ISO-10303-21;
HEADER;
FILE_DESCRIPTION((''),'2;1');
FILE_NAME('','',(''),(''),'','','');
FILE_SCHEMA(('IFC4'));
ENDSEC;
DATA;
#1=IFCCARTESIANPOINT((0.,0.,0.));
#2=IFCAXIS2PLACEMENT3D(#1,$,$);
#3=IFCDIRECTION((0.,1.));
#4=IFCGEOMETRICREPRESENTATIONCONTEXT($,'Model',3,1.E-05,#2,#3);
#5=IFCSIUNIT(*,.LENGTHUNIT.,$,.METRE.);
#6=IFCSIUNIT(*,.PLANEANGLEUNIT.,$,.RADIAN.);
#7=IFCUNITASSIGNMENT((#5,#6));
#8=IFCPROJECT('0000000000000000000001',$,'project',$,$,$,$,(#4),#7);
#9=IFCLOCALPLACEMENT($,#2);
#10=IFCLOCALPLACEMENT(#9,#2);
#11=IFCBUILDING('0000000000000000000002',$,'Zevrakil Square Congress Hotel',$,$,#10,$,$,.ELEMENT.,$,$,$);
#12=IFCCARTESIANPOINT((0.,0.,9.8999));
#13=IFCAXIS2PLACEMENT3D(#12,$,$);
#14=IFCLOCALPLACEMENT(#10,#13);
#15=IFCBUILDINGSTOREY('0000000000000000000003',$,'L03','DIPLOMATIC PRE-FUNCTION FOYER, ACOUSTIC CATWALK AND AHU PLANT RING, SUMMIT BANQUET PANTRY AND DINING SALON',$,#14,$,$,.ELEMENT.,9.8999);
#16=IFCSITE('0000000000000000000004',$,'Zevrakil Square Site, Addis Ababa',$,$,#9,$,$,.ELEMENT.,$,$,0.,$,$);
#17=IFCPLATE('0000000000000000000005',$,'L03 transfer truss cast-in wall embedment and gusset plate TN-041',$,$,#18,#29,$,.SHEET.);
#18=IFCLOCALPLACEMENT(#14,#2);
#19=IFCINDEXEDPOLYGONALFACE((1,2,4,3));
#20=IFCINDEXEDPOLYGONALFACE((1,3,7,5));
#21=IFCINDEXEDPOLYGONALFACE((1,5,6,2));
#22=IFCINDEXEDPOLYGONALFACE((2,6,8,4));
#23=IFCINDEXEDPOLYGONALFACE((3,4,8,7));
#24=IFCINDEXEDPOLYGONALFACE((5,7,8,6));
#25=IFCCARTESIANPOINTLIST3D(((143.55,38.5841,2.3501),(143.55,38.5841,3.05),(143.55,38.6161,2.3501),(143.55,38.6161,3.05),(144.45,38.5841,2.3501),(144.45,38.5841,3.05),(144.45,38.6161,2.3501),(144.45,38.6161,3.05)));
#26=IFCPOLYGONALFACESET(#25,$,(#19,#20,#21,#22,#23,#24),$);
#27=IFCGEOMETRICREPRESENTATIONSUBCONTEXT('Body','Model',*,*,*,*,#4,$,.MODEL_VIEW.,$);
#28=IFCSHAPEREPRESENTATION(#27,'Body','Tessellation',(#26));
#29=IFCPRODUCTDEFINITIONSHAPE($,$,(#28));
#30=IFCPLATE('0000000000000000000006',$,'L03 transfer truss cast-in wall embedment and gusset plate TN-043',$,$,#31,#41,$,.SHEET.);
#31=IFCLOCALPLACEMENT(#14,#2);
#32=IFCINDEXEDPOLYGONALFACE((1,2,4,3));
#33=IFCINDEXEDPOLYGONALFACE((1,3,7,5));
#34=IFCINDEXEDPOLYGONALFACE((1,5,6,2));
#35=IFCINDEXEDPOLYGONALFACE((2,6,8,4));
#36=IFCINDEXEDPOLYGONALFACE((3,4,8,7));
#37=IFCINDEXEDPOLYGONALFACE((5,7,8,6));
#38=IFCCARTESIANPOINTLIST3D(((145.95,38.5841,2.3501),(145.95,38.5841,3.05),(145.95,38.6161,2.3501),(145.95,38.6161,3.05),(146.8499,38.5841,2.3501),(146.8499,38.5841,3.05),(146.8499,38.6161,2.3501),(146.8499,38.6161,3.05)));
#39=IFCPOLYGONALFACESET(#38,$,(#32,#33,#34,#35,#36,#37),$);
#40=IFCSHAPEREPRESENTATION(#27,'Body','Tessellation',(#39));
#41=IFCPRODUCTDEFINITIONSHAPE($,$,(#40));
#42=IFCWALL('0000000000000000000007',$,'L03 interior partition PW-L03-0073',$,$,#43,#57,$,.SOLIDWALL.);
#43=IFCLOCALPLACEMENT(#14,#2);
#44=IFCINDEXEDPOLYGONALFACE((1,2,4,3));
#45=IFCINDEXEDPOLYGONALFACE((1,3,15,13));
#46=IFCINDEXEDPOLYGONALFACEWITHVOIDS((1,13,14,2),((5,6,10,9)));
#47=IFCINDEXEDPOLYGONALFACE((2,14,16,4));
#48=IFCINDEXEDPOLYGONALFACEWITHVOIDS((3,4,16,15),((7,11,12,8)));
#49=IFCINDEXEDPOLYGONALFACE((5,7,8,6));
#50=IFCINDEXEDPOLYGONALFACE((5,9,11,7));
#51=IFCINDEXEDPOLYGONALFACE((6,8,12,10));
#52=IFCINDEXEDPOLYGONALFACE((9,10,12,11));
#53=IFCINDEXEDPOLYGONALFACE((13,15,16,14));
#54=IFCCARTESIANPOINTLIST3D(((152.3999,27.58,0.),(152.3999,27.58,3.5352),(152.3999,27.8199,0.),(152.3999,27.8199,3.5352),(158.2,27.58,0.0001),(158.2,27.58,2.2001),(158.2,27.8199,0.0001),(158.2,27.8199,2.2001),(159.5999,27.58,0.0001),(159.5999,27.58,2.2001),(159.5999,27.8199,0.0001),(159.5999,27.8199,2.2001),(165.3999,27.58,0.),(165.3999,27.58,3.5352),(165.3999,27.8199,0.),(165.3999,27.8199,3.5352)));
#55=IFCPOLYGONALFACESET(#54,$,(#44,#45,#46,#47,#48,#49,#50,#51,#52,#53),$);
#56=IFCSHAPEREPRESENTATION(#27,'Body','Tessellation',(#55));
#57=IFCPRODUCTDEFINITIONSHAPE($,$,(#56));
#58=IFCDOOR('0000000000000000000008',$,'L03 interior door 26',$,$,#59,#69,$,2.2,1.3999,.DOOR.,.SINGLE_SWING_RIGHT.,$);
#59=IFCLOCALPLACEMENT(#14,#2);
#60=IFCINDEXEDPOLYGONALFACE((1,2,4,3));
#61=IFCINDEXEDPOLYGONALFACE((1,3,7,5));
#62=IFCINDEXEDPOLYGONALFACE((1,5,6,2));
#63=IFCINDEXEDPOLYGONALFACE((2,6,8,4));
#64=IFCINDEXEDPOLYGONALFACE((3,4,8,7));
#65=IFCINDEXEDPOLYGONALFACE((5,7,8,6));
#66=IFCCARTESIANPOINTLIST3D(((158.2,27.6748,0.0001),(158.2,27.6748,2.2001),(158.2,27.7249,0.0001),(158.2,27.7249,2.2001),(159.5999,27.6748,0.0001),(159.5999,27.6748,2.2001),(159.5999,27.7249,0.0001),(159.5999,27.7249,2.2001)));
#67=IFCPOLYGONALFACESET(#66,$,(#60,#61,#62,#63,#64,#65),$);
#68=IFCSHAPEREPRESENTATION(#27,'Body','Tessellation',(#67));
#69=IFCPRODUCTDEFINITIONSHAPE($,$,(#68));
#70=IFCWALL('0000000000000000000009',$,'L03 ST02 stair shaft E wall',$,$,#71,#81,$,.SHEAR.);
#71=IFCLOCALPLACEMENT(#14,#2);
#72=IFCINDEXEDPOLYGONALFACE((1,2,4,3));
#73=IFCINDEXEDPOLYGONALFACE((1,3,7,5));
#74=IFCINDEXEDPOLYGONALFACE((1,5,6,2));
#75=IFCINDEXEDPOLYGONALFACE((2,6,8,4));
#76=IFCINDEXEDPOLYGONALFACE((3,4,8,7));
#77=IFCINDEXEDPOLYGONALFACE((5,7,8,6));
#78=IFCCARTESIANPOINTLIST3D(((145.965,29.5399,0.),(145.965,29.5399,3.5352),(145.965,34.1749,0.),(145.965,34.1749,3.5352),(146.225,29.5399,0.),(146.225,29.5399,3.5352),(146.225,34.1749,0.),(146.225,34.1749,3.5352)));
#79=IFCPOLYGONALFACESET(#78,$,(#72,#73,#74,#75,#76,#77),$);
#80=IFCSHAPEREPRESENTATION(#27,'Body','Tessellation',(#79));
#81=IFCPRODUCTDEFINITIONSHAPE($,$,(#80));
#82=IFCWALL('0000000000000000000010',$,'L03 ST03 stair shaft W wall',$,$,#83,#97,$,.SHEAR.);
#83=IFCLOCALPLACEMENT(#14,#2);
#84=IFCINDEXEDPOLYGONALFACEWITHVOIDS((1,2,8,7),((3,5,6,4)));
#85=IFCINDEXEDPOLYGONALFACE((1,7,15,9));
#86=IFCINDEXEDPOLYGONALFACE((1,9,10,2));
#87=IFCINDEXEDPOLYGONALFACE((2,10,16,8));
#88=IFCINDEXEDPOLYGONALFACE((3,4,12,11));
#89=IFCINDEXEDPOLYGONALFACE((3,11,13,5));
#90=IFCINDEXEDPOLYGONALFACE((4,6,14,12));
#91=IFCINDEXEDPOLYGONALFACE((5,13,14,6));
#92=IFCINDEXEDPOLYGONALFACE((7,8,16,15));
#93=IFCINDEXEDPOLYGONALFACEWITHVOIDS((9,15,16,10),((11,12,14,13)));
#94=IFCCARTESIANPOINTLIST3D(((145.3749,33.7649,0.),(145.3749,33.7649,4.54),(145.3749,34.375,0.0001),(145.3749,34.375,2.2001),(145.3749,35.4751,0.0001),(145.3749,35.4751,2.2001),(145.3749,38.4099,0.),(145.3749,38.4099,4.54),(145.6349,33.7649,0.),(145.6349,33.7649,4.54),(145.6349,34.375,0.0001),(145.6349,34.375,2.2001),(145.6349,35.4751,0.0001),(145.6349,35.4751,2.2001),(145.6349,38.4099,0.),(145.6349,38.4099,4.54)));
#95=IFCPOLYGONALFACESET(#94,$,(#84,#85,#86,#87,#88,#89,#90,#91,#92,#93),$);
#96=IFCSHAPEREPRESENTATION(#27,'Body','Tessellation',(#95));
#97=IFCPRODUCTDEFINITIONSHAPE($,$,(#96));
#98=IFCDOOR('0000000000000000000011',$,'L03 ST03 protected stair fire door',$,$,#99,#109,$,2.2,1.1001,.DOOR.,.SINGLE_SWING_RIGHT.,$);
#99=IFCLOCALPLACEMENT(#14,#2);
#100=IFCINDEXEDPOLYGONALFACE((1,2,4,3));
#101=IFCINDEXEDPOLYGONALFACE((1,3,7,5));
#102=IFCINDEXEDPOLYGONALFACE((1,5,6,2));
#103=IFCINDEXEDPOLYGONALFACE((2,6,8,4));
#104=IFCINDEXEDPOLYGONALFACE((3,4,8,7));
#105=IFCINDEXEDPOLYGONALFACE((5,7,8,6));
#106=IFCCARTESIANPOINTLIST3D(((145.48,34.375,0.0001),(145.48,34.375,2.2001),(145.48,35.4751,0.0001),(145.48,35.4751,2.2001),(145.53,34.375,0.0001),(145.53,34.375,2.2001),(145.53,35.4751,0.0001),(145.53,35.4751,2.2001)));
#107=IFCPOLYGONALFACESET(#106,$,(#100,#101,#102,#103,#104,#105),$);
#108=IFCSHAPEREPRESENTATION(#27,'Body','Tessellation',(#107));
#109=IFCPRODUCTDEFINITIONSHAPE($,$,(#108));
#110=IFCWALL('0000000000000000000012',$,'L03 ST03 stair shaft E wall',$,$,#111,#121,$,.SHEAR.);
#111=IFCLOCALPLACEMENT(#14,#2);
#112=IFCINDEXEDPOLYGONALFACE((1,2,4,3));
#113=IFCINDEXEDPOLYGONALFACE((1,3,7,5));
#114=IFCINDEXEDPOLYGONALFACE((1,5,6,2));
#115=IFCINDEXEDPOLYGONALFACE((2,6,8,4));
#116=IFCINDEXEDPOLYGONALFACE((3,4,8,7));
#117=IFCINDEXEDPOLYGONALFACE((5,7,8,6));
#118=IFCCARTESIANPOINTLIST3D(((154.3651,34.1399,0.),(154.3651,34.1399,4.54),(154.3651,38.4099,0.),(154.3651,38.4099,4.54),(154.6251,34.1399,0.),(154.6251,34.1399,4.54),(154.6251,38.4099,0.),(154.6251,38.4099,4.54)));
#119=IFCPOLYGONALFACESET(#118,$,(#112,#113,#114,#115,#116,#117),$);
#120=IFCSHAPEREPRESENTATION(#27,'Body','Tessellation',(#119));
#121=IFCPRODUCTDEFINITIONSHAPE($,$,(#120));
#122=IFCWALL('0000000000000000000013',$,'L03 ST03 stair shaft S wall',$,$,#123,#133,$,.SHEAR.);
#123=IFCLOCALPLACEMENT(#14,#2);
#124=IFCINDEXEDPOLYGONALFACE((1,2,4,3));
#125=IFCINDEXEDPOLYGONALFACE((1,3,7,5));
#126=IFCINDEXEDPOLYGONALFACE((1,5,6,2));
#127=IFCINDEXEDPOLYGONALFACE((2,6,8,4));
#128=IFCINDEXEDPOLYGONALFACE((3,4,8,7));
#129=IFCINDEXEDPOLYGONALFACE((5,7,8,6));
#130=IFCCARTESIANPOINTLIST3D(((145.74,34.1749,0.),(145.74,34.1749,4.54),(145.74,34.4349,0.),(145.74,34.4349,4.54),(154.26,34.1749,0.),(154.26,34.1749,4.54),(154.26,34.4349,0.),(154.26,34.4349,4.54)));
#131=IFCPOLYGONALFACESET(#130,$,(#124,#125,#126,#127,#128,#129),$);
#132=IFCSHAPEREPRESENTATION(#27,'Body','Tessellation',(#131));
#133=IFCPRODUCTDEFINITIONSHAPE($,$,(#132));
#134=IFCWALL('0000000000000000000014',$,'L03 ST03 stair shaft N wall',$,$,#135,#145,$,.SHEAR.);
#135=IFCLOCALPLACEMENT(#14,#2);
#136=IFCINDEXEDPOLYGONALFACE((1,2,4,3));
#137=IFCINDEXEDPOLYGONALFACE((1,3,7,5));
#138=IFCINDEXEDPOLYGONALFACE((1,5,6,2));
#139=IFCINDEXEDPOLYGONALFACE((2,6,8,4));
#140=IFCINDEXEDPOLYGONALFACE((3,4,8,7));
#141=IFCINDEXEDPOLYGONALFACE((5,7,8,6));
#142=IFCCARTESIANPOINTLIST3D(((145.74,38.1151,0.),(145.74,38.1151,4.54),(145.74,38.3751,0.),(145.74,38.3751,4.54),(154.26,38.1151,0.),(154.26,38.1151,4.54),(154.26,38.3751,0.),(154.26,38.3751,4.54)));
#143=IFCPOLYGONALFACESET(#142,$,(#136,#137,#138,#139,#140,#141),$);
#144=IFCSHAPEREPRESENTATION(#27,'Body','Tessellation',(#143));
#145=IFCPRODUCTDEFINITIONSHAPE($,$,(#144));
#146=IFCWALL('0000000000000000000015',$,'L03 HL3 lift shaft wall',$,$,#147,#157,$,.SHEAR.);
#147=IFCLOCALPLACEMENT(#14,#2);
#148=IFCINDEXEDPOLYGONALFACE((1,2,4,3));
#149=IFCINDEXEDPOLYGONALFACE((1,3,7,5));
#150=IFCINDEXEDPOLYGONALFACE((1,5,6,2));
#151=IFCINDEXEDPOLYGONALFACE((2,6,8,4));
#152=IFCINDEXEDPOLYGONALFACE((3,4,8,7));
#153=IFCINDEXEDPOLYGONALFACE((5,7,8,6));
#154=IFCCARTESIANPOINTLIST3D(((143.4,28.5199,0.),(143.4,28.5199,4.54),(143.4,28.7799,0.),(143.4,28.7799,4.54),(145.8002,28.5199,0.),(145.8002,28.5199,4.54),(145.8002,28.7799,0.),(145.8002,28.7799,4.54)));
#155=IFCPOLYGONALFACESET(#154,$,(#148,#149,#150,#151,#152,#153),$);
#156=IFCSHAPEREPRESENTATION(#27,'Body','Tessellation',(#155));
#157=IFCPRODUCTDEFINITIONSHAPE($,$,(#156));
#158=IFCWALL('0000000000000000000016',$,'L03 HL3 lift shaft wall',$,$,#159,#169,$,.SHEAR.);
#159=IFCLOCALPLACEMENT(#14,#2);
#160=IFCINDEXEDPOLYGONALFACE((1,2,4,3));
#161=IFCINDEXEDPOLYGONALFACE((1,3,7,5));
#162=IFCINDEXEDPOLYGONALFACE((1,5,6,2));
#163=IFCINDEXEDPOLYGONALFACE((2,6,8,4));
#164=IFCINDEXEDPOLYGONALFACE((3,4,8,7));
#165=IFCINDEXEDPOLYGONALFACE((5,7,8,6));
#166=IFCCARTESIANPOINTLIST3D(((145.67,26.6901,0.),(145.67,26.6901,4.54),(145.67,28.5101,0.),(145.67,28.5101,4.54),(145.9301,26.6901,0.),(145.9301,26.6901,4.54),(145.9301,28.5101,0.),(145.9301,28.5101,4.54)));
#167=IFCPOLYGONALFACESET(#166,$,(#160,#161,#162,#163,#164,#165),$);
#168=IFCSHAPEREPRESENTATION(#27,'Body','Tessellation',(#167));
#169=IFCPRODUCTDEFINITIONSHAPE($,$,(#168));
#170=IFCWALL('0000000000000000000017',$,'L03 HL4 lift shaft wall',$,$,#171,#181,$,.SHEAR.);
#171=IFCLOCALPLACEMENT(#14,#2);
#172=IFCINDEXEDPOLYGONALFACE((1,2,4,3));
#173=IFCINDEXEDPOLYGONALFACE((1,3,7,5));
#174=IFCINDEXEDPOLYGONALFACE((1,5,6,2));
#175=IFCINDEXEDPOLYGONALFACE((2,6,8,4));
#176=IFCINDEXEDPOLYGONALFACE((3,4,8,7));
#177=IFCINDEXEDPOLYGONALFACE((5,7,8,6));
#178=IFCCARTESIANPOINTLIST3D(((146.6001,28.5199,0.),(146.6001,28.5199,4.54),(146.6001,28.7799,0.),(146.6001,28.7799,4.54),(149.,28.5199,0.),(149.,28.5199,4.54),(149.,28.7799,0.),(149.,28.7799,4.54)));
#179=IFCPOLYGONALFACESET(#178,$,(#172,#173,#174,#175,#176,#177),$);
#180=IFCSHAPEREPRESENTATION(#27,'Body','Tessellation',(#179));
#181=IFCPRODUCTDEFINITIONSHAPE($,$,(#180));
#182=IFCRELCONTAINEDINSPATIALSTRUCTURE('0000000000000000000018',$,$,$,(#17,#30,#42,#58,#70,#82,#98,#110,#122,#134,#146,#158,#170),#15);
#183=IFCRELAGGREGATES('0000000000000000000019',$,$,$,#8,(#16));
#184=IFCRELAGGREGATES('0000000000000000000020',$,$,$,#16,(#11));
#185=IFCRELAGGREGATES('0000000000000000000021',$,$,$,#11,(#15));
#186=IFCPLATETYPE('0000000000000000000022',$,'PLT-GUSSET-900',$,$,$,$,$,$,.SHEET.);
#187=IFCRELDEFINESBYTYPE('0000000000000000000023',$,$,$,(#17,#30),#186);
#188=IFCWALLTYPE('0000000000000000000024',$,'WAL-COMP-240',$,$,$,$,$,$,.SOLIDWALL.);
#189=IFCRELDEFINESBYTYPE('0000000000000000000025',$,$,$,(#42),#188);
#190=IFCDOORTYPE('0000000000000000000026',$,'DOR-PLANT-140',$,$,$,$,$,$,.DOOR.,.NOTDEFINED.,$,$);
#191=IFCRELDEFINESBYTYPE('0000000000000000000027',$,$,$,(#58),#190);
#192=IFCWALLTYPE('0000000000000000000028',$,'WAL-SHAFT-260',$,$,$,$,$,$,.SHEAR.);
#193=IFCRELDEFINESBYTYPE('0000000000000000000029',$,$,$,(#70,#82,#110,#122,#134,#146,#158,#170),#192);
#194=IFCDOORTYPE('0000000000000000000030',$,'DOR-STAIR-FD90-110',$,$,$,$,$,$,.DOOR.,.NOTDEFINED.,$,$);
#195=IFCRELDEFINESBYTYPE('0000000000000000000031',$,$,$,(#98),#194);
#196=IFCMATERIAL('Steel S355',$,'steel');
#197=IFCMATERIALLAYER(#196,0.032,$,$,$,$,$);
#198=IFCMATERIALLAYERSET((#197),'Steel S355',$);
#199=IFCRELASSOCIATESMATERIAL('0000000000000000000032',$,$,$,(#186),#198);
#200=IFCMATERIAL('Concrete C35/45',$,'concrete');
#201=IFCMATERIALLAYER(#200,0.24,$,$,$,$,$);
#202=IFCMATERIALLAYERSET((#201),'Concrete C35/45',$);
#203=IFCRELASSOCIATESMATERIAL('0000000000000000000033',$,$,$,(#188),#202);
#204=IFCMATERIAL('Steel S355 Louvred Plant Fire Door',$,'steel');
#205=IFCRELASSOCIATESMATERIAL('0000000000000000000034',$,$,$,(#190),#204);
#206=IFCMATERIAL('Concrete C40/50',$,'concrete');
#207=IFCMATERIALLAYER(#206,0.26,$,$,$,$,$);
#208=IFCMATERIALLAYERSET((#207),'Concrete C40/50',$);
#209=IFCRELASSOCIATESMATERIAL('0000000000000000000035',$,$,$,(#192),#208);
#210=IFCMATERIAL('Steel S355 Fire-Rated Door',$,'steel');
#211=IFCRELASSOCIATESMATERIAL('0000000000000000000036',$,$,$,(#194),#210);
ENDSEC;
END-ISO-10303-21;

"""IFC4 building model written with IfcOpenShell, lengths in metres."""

from ifc_helpers import new_model, si_unit, direction, frame, frame_2d, origin, origin_2d, place, context, subcontext, project, spatial, rectangle, extrude, material, layer, layer_set, type_object, element, fill, save


model = new_model("IFC4")

# Units and contexts
model_context = context("Model", 3, precision=1e-05, world=origin(), true_north=direction((0.0, 1.0)))
body_context = subcontext(model_context, "Body", "Model", "MODEL_VIEW")
ifc_project = project(units=[si_unit("LENGTHUNIT", "METRE"), si_unit("PLANEANGLEUNIT", "RADIAN")], contexts=[model_context])

# Site, building, storey
site_placement = place(None, origin())
site = spatial("IfcSite", under=ifc_project, at=site_placement, Name="Zevrakil Square Site, Addis Ababa", CompositionType="ELEMENT", RefElevation=0.0)
building_placement = place(site_placement, origin())
building = spatial("IfcBuilding", under=site, at=building_placement, Name="Zevrakil Square Congress Hotel", CompositionType="ELEMENT")
storey_placement = place(building_placement, frame((0.0, 0.0, 9.8999)))
storey = spatial("IfcBuildingStorey", under=building, at=storey_placement, Name="L03", Description="DIPLOMATIC PRE-FUNCTION FOYER, ACOUSTIC CATWALK AND AHU PLANT RING, SUMMIT BANQUET PANTRY AND DINING SALON", CompositionType="ELEMENT", Elevation=9.8999)

# Plates
ifc_material_1 = material(Name="Steel S355", Category="steel")
ifc_layer_1 = layer(ifc_material_1, 0.032)
ifc_layer_set_1 = layer_set([ifc_layer_1], Name="Steel S355")
plate_type_1 = type_object("IfcPlateType", Name="PLT-GUSSET-900", PredefinedType="SHEET", material=ifc_layer_set_1)
for number, where, z_axis, x_axis, name in (
    (1, (144.0, 38.6001, 2.3501), (0.0, 0.0, 1.0), (1.0, 0.0, 0.0), "L03 transfer truss cast-in wall embedment and gusset plate TN-041"),
    (2, (146.3999, 38.6001, 2.3501), (0.0, 0.0, 1.0), (1.0, 0.0, 0.0), "L03 transfer truss cast-in wall embedment and gusset plate TN-043"),
):
    element("IfcPlate", number, at=place(storey_placement, frame(where, z_axis=z_axis, x_axis=x_axis)), inside=storey, type_object=plate_type_1, Name=name, PredefinedType="SHEET", context=body_context, shape_type="SweptSolid", body=[
        extrude(rectangle(XDim=0.8999, YDim=0.032, at=origin_2d()), origin(), (0.0, 0.0, 1.0), 0.7),
    ])

# Wall, opening, door
ifc_material_2 = material(Name="Concrete C35/45", Category="concrete")
ifc_layer_2 = layer(ifc_material_2, 0.24)
ifc_layer_set_2 = layer_set([ifc_layer_2], Name="Concrete C35/45")
wall_type_1 = type_object("IfcWallType", Name="WAL-COMP-240", PredefinedType="SOLIDWALL", material=ifc_layer_set_2)
wall_1_placement = place(storey_placement, frame((152.3999, 27.7, 0.0), z_axis=(0.0, 0.0, 1.0), x_axis=(1.0, 0.0, 0.0)))
wall_1 = element("IfcWall", 3, at=wall_1_placement, inside=storey, type_object=wall_type_1, Name="L03 interior partition PW-L03-0073", PredefinedType="SOLIDWALL", context=body_context, shape_type="SweptSolid", body=[
    extrude(rectangle(XDim=13.0, YDim=0.24, at=frame_2d((6.5, 0.0))), origin(), (0.0, 0.0, 1.0), 3.5352),
])
opening_1_placement = place(wall_1_placement, frame((5.8, 0.0, 0.0)))
opening_1 = element("IfcOpeningElement", 4, at=opening_1_placement, cuts=wall_1, PredefinedType="OPENING", context=body_context, shape_type="SweptSolid", body=[
    extrude(rectangle(XDim=1.3999, YDim=2.2, at=frame_2d((0.7, 1.1001))), frame((0.0, 0.1299, 0.0), z_axis=(0.0, -1.0, 0.0), x_axis=(1.0, 0.0, 0.0)), (0.0, 0.0, 1.0), 0.26),
])
ifc_material_3 = material(Name="Steel S355 Louvred Plant Fire Door", Category="steel")
door_type_1 = type_object("IfcDoorType", Name="DOR-PLANT-140", OperationType="NOTDEFINED", PredefinedType="DOOR", material=ifc_material_3)
door_1_placement = place(opening_1_placement, origin())
door_1 = element("IfcDoor", 5, at=door_1_placement, inside=storey, type_object=door_type_1, Name="L03 interior door 26", OperationType="SINGLE_SWING_RIGHT", OverallHeight=2.2, OverallWidth=1.3999, PredefinedType="DOOR", context=body_context, shape_type="SweptSolid", body=[
    extrude(rectangle(XDim=1.3999, YDim=2.2, at=frame_2d((0.7, 1.1001))), frame((0.0, 0.0249, 0.0), z_axis=(0.0, -1.0, 0.0), x_axis=(1.0, 0.0, 0.0)), (0.0, 0.0, 1.0), 0.05),
])
fill(opening_1, door_1)

# Wall
ifc_material_4 = material(Name="Concrete C40/50", Category="concrete")
ifc_layer_3 = layer(ifc_material_4, 0.26)
ifc_layer_set_3 = layer_set([ifc_layer_3], Name="Concrete C40/50")
wall_type_2 = type_object("IfcWallType", Name="WAL-SHAFT-260", PredefinedType="SHEAR", material=ifc_layer_set_3)
wall_2_placement = place(storey_placement, frame((146.095, 29.54, 0.0), z_axis=(0.0, 0.0, 1.0), x_axis=(0.0, 1.0, 0.0)))
element("IfcWall", 6, at=wall_2_placement, inside=storey, type_object=wall_type_2, Name="L03 ST02 stair shaft E wall", PredefinedType="SHEAR", context=body_context, shape_type="SweptSolid", body=[
    extrude(rectangle(XDim=4.635, YDim=0.26, at=frame_2d((2.3174, 0.0))), origin(), (0.0, 0.0, 1.0), 3.5352),
])

# Wall, opening, door
wall_3_placement = place(storey_placement, frame((145.5049, 33.7649, 0.0), z_axis=(0.0, 0.0, 1.0), x_axis=(0.0, 1.0, 0.0)))
wall_3 = element("IfcWall", 7, at=wall_3_placement, inside=storey, type_object=wall_type_2, Name="L03 ST03 stair shaft W wall", PredefinedType="SHEAR", context=body_context, shape_type="SweptSolid", body=[
    extrude(rectangle(XDim=4.645, YDim=0.26, at=frame_2d((2.3225, 0.0))), origin(), (0.0, 0.0, 1.0), 4.54),
])
opening_2_placement = place(wall_3_placement, frame((0.6101, 0.0, 0.0)))
opening_2 = element("IfcOpeningElement", 8, at=opening_2_placement, cuts=wall_3, PredefinedType="OPENING", context=body_context, shape_type="SweptSolid", body=[
    extrude(rectangle(XDim=1.1001, YDim=2.2, at=frame_2d((0.55, 1.1001))), frame((0.0, 0.1401, 0.0), z_axis=(0.0, -1.0, 0.0), x_axis=(1.0, 0.0, 0.0)), (0.0, 0.0, 1.0), 0.28),
])
ifc_material_5 = material(Name="Steel S355 Fire-Rated Door", Category="steel")
door_type_2 = type_object("IfcDoorType", Name="DOR-STAIR-FD90-110", OperationType="NOTDEFINED", PredefinedType="DOOR", material=ifc_material_5)
door_2_placement = place(opening_2_placement, origin())
door_2 = element("IfcDoor", 9, at=door_2_placement, inside=storey, type_object=door_type_2, Name="L03 ST03 protected stair fire door", OperationType="SINGLE_SWING_RIGHT", OverallHeight=2.2, OverallWidth=1.1001, PredefinedType="DOOR", context=body_context, shape_type="SweptSolid", body=[
    extrude(rectangle(XDim=1.1001, YDim=2.2, at=frame_2d((0.55, 1.1001))), frame((0.0, 0.0249, 0.0), z_axis=(0.0, -1.0, 0.0), x_axis=(1.0, 0.0, 0.0)), (0.0, 0.0, 1.0), 0.05),
])
fill(opening_2, door_2)

# Walls
wall_4_placement = place(storey_placement, frame((154.4951, 34.1399, 0.0), z_axis=(0.0, 0.0, 1.0), x_axis=(0.0, 1.0, 0.0)))
element("IfcWall", 10, at=wall_4_placement, inside=storey, type_object=wall_type_2, Name="L03 ST03 stair shaft E wall", PredefinedType="SHEAR", context=body_context, shape_type="SweptSolid", body=[
    extrude(rectangle(XDim=4.27, YDim=0.26, at=frame_2d((2.135, 0.0))), origin(), (0.0, 0.0, 1.0), 4.54),
])
for number, where, z_axis, x_axis, name in (
    (11, (145.74, 34.3049, 0.0), (0.0, 0.0, 1.0), (1.0, 0.0, 0.0), "L03 ST03 stair shaft S wall"),
    (12, (145.74, 38.2451, 0.0), (0.0, 0.0, 1.0), (1.0, 0.0, 0.0), "L03 ST03 stair shaft N wall"),
):
    element("IfcWall", number, at=place(storey_placement, frame(where, z_axis=z_axis, x_axis=x_axis)), inside=storey, type_object=wall_type_2, Name=name, PredefinedType="SHEAR", context=body_context, shape_type="SweptSolid", body=[
        extrude(rectangle(XDim=8.52, YDim=0.26, at=frame_2d((4.26, 0.0))), origin(), (0.0, 0.0, 1.0), 4.54),
    ])
wall_5_placement = place(storey_placement, frame((143.3999, 28.6499, 0.0), z_axis=(0.0, 0.0, 1.0), x_axis=(1.0, 0.0, 0.0)))
element("IfcWall", 13, at=wall_5_placement, inside=storey, type_object=wall_type_2, Name="L03 HL3 lift shaft wall", PredefinedType="SHEAR", context=body_context, shape_type="SweptSolid", body=[
    extrude(rectangle(XDim=2.4001, YDim=0.26, at=frame_2d((1.2002, 0.0))), origin(), (0.0, 0.0, 1.0), 4.54),
])
wall_6_placement = place(storey_placement, frame((145.8, 26.6899, 0.0), z_axis=(0.0, 0.0, 1.0), x_axis=(0.0, 1.0, 0.0)))
element("IfcWall", 14, at=wall_6_placement, inside=storey, type_object=wall_type_2, Name="L03 HL3 lift shaft wall", PredefinedType="SHEAR", context=body_context, shape_type="SweptSolid", body=[
    extrude(rectangle(XDim=1.8201, YDim=0.26, at=frame_2d((0.9102, 0.0))), origin(), (0.0, 0.0, 1.0), 4.54),
])
wall_7_placement = place(storey_placement, frame((146.6001, 28.6499, 0.0), z_axis=(0.0, 0.0, 1.0), x_axis=(1.0, 0.0, 0.0)))
element("IfcWall", 15, at=wall_7_placement, inside=storey, type_object=wall_type_2, Name="L03 HL4 lift shaft wall", PredefinedType="SHEAR", context=body_context, shape_type="SweptSolid", body=[
    extrude(rectangle(XDim=2.3999, YDim=0.26, at=frame_2d((1.2, 0.0))), origin(), (0.0, 0.0, 1.0), 4.54),
])

save(model, "model.ifc")
